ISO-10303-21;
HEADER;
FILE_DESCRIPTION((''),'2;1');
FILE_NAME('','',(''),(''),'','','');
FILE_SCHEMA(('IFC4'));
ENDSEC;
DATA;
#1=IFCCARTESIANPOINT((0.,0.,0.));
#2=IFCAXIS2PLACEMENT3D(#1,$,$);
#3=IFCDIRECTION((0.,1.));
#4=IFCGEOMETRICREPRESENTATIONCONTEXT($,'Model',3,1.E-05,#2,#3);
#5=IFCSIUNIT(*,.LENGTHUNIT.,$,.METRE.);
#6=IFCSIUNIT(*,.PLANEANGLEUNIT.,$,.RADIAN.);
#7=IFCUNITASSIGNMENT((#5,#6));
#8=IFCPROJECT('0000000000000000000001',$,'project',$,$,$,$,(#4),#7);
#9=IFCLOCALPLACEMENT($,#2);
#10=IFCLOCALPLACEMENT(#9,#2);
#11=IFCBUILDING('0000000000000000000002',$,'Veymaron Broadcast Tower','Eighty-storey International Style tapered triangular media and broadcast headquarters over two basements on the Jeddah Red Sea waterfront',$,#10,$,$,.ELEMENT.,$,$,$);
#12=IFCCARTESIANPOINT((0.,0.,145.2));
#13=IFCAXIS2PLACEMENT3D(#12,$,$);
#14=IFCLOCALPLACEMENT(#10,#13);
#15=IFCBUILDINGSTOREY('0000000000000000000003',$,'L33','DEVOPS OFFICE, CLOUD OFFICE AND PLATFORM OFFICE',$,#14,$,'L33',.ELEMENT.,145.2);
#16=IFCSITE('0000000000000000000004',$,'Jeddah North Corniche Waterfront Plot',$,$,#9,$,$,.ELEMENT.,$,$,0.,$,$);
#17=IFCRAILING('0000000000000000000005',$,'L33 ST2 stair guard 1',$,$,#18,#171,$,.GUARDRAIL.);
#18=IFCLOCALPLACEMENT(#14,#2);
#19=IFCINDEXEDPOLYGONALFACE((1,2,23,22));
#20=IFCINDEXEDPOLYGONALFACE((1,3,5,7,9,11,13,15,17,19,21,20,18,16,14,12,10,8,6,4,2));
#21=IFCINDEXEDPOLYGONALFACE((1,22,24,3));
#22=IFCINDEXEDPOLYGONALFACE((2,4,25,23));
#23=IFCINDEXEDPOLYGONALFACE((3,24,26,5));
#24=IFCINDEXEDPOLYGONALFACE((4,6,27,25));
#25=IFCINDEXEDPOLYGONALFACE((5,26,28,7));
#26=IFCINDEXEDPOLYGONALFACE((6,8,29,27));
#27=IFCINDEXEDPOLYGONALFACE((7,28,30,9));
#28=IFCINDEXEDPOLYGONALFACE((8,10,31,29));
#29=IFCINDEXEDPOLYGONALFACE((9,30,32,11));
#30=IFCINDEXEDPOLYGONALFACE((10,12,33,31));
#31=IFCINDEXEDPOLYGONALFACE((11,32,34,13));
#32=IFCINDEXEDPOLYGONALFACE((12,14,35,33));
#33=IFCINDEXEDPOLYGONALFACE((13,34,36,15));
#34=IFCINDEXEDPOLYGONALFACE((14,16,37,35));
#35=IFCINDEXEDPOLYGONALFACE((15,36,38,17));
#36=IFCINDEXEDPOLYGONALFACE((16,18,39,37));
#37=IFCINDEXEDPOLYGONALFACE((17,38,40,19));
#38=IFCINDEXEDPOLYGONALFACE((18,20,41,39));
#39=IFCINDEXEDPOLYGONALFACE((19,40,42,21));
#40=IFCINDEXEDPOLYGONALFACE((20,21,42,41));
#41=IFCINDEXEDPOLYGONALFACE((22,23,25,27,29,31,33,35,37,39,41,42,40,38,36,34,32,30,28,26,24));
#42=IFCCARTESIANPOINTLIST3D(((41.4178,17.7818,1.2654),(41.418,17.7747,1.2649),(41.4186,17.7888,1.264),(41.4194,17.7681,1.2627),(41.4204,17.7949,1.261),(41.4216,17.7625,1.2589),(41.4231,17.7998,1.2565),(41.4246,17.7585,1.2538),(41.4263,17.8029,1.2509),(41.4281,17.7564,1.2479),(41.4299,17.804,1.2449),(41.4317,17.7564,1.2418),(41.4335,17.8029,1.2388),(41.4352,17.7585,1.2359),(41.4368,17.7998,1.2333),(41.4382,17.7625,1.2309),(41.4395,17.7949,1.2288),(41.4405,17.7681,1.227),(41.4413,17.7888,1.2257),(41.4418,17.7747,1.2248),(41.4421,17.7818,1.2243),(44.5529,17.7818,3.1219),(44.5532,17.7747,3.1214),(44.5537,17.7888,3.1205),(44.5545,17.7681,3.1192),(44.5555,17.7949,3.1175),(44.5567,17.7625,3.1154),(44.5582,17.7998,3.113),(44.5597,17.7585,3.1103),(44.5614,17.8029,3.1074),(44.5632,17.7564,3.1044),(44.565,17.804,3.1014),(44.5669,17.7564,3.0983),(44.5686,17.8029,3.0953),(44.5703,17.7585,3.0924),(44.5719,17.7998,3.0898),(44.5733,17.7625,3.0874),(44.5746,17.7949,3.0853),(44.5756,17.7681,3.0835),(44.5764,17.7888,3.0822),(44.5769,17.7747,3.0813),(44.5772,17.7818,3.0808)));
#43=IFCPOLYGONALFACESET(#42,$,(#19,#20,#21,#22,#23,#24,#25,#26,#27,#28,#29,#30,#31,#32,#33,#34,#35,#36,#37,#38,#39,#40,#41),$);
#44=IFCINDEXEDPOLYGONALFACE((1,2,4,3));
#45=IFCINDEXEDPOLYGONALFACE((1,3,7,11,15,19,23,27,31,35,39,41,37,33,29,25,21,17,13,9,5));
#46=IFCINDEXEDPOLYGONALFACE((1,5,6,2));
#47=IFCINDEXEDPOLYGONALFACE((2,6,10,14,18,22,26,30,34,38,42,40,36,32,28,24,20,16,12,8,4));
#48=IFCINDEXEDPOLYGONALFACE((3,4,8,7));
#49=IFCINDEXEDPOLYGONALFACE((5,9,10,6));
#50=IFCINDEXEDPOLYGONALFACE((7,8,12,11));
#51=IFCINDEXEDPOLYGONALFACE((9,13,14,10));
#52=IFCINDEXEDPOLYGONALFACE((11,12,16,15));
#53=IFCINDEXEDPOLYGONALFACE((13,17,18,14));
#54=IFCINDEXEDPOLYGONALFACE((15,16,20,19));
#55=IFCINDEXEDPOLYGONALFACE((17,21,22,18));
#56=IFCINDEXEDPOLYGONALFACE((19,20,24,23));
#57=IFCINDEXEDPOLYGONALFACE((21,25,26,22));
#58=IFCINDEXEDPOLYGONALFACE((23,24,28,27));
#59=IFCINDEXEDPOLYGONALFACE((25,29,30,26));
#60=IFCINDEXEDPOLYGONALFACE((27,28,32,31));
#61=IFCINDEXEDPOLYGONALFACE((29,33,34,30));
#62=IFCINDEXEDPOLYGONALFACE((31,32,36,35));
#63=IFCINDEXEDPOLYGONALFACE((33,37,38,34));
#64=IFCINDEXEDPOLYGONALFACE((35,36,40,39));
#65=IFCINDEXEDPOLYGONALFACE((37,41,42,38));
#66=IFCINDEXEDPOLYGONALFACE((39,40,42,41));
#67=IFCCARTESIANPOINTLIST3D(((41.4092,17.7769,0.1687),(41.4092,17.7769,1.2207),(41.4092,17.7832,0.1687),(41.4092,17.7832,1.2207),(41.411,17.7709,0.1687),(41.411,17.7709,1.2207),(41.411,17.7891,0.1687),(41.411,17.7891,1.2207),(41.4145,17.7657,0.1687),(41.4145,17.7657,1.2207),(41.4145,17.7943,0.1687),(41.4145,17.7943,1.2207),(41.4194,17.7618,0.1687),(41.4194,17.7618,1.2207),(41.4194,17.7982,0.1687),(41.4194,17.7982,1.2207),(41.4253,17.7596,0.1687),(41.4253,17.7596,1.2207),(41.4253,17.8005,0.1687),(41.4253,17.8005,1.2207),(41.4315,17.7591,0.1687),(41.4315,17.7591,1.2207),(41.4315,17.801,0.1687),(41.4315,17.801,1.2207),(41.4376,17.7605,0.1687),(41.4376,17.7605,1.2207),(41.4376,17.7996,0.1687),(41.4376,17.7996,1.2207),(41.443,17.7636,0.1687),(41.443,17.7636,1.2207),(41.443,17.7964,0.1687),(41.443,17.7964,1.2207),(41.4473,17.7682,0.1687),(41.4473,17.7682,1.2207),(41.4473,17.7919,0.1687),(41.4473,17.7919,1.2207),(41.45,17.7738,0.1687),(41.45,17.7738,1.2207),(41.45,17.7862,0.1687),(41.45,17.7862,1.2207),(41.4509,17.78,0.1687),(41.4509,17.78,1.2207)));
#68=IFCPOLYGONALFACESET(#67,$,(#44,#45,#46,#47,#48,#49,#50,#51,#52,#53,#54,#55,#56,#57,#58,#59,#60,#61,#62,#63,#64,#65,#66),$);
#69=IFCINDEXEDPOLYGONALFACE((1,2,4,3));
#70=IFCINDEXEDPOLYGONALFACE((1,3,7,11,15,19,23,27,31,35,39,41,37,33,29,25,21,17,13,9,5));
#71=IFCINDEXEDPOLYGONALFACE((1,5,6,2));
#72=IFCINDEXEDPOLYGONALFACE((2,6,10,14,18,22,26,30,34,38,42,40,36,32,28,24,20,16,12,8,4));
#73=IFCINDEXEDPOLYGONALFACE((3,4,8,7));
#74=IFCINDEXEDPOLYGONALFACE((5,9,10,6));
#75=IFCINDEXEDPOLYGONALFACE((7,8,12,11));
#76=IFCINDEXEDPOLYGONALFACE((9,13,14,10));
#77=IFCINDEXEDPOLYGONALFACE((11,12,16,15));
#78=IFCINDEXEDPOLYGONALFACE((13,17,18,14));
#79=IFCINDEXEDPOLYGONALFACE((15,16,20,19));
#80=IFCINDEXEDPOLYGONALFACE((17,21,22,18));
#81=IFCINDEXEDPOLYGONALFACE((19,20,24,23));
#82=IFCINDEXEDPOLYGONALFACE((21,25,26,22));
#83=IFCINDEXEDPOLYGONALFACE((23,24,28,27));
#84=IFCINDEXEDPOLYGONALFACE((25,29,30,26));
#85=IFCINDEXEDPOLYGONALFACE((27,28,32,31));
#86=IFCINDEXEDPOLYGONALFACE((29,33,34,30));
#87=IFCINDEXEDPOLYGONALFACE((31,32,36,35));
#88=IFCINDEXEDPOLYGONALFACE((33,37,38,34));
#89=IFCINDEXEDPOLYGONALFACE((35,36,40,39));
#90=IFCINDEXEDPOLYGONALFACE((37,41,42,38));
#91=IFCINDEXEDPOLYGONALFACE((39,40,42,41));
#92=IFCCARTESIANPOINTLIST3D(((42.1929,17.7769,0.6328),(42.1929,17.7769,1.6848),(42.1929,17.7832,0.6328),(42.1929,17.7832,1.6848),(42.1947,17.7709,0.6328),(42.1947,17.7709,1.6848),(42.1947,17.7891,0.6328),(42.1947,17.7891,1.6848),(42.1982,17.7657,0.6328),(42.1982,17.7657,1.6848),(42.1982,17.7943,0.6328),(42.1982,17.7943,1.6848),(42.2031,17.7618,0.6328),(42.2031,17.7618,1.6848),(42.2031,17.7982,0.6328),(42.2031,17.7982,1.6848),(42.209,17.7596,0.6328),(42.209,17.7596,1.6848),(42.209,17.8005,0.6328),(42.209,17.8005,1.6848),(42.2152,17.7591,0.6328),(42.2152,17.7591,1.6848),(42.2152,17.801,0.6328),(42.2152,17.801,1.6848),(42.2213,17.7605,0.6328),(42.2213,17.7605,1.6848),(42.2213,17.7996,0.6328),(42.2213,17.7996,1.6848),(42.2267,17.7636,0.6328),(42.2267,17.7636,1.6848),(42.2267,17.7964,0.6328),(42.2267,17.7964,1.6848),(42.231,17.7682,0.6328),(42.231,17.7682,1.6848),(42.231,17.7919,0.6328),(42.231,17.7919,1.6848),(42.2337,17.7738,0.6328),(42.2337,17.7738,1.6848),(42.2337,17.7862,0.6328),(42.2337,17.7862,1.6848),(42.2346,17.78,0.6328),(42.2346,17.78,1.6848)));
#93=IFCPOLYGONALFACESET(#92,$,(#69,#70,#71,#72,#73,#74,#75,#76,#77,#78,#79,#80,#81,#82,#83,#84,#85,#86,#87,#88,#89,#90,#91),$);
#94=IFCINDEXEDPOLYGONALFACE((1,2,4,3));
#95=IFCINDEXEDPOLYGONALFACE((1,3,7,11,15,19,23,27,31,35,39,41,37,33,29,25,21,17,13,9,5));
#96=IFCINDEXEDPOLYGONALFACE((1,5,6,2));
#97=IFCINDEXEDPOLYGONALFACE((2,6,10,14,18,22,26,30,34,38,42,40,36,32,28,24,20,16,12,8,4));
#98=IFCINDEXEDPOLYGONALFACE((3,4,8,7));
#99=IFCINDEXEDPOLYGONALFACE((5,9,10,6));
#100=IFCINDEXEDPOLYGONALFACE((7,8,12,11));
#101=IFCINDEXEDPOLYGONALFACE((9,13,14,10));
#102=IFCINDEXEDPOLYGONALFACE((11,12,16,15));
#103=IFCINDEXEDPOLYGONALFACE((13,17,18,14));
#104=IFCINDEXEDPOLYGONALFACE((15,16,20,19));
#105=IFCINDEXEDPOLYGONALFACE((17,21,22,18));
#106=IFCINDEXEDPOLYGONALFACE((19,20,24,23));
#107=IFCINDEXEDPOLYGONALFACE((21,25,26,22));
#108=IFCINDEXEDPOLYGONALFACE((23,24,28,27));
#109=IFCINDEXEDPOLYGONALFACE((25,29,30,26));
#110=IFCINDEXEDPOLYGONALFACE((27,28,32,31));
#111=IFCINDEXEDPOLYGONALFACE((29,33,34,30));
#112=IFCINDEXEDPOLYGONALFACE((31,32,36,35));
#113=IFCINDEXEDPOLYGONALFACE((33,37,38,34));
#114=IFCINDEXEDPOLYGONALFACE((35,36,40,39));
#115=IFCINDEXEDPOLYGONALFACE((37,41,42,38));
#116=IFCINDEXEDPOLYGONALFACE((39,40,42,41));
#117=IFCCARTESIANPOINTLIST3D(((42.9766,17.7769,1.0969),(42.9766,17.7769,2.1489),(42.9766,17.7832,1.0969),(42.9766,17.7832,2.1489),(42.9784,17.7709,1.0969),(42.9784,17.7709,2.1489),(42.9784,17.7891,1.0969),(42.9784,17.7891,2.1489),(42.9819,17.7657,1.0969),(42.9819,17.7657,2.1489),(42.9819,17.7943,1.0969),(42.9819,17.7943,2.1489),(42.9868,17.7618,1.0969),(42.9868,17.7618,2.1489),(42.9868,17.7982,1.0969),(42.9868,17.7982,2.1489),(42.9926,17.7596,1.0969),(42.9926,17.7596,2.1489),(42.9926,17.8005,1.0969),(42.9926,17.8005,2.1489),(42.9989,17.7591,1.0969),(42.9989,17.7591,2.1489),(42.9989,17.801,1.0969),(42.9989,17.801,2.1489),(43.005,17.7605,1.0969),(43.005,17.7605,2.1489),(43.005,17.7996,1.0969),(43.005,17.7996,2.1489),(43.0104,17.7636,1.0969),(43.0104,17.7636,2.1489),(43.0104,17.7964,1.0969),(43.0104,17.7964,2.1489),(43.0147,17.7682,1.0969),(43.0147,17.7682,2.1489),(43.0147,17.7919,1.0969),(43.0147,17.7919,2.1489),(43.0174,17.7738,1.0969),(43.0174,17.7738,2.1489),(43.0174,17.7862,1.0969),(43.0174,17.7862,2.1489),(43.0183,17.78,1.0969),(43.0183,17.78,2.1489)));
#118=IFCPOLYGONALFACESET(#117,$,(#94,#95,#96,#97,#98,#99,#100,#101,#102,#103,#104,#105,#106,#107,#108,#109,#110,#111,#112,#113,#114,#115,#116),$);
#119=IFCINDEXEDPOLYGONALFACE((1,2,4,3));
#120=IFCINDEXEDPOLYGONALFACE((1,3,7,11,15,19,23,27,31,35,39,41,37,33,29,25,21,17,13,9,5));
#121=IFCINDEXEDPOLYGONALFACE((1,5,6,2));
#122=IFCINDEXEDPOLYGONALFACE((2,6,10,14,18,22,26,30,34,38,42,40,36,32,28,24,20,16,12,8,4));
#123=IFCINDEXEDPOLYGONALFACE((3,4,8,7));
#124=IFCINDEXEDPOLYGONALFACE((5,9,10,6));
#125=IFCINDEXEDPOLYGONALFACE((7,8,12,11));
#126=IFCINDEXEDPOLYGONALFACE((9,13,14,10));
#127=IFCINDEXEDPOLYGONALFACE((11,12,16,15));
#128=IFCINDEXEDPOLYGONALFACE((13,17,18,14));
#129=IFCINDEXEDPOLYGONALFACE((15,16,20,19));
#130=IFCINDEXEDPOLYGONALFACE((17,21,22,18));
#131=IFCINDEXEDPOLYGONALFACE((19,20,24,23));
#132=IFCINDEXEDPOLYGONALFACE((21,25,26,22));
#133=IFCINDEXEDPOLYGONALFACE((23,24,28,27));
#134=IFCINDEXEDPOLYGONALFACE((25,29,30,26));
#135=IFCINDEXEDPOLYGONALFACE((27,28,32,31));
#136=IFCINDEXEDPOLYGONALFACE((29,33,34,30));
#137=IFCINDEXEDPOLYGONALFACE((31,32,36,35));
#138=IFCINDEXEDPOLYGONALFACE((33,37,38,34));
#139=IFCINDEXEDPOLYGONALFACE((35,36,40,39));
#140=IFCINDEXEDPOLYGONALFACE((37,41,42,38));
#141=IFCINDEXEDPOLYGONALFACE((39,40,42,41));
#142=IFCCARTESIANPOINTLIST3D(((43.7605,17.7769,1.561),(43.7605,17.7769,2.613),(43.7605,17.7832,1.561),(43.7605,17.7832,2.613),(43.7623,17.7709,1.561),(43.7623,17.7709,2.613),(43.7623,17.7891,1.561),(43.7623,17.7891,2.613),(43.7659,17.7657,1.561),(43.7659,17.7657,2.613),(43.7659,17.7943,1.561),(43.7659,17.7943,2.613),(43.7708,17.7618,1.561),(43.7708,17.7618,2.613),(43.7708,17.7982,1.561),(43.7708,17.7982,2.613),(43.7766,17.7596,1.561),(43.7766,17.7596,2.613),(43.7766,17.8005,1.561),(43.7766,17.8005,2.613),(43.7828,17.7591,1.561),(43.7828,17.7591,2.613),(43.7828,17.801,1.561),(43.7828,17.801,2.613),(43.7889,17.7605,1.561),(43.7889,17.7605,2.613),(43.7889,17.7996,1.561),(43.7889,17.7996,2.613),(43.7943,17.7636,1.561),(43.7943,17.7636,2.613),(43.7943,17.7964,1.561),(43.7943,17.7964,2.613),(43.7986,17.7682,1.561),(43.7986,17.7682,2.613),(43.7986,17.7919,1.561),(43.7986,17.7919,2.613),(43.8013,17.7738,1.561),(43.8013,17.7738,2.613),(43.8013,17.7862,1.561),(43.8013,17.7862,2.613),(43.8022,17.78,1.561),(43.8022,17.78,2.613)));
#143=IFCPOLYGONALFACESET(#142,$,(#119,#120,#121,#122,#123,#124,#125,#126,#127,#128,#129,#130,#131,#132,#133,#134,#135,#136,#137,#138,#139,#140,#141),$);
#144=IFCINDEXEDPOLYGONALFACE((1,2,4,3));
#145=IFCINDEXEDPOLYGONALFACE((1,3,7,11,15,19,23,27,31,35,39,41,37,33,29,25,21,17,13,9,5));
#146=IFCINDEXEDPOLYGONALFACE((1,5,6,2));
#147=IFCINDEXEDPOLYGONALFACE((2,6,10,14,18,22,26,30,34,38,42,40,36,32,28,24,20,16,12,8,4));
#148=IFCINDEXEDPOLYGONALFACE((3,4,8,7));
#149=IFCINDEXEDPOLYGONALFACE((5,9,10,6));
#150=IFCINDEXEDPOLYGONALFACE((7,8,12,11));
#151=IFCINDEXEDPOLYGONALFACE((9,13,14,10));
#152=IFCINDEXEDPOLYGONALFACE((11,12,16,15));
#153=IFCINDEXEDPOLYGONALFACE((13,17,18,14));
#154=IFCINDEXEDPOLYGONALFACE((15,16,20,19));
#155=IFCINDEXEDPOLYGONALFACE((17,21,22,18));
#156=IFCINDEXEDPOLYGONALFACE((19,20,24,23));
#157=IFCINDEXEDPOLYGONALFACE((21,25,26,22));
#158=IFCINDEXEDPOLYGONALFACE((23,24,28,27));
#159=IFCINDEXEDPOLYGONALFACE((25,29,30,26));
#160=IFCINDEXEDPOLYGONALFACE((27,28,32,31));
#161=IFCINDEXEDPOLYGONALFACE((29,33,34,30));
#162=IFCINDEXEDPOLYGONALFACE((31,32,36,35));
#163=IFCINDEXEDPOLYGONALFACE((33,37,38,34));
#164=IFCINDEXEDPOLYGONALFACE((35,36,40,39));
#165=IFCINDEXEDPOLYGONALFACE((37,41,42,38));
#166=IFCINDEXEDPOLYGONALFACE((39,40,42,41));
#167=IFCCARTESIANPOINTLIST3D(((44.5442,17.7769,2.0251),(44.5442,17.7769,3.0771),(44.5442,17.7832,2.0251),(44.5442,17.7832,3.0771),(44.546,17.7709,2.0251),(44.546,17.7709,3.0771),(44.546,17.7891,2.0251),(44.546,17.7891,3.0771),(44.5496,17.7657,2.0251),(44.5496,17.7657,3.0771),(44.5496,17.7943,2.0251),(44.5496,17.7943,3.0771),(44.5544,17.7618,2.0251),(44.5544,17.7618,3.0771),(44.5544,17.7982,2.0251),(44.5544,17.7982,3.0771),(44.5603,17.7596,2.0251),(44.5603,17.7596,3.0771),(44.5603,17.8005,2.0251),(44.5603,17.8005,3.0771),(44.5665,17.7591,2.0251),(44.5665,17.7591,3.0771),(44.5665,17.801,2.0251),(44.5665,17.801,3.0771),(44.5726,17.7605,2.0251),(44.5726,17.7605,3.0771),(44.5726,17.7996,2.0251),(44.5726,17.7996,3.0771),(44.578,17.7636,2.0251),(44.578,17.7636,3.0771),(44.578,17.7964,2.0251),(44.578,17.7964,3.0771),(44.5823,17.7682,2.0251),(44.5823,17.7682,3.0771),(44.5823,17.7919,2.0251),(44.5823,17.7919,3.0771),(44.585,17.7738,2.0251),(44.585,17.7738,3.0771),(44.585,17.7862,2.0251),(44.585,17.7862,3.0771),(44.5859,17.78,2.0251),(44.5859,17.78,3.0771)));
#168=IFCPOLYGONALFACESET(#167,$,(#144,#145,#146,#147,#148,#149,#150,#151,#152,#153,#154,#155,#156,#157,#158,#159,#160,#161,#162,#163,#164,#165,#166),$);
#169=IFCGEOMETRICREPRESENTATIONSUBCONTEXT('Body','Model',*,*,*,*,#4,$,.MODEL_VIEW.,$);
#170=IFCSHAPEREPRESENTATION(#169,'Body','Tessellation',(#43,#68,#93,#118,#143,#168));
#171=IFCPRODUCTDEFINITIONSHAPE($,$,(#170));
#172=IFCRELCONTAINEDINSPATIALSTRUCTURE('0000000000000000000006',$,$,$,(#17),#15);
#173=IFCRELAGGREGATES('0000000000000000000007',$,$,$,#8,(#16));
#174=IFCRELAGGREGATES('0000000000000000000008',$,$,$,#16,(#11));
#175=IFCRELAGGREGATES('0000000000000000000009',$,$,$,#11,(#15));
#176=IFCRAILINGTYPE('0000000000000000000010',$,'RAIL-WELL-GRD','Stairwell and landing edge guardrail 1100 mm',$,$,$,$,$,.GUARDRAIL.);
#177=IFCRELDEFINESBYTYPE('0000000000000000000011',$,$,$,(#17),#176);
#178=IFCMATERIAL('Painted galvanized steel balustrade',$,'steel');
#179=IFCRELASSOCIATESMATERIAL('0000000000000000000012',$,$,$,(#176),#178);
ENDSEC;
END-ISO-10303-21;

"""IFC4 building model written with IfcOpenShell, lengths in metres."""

from ifc_helpers import new_model, si_unit, direction, frame, origin, origin_2d, place, context, subcontext, project, spatial, circle, extrude, material, type_object, element, save


model = new_model("IFC4")

# Units and contexts
model_context = context("Model", 3, precision=1e-05, world=origin(), true_north=direction((0.0, 1.0)))
body_context = subcontext(model_context, "Body", "Model", "MODEL_VIEW")
ifc_project = project(units=[si_unit("LENGTHUNIT", "METRE"), si_unit("PLANEANGLEUNIT", "RADIAN")], contexts=[model_context])

# Site, building, storey
site_placement = place(None, origin())
site = spatial("IfcSite", under=ifc_project, at=site_placement, Name="Jeddah North Corniche Waterfront Plot", CompositionType="ELEMENT", RefElevation=0.0)
building_placement = place(site_placement, origin())
building = spatial("IfcBuilding", under=site, at=building_placement, Name="Veymaron Broadcast Tower", Description="Eighty-storey International Style tapered triangular media and broadcast headquarters over two basements on the Jeddah Red Sea waterfront", CompositionType="ELEMENT")
storey_placement = place(building_placement, frame((0.0, 0.0, 145.2)))
storey = spatial("IfcBuildingStorey", under=building, at=storey_placement, Name="L33", Description="DEVOPS OFFICE, CLOUD OFFICE AND PLATFORM OFFICE", LongName="L33", CompositionType="ELEMENT", Elevation=145.2)

# Railing
ifc_material_1 = material(Name="Painted galvanized steel balustrade", Category="steel")
railing_type_1 = type_object("IfcRailingType", Name="RAIL-WELL-GRD", Description="Stairwell and landing edge guardrail 1100 mm", PredefinedType="GUARDRAIL", material=ifc_material_1)
railing_1_placement = place(storey_placement, frame((41.4299, 17.78, 0.1687)))
element("IfcRailing", 1, at=railing_1_placement, inside=storey, type_object=railing_type_1, Name="L33 ST2 stair guard 1", PredefinedType="GUARDRAIL", context=body_context, shape_type="SweptSolid", body=[
    extrude(circle(Radius=0.0239, at=origin_2d()), frame((0.0, 0.0, 1.0762), z_axis=(0.860453, 0.0, 0.509531), x_axis=(0.0, 1.0, 0.0)), (0.0, 0.0, 1.0), 3.6436),
    extrude(circle(Radius=0.021, at=origin_2d()), origin(), (0.0, 0.0, 1.0), 1.052),
    extrude(circle(Radius=0.021, at=origin_2d()), frame((0.7837, 0.0, 0.4641)), (0.0, 0.0, 1.0), 1.052),
    extrude(circle(Radius=0.021, at=origin_2d()), frame((1.5674, 0.0, 0.9282)), (0.0, 0.0, 1.0), 1.052),
    extrude(circle(Radius=0.021, at=origin_2d()), frame((2.3513, 0.0, 1.3923)), (0.0, 0.0, 1.0), 1.052),
    extrude(circle(Radius=0.021, at=origin_2d()), frame((3.135, 0.0, 1.8564)), (0.0, 0.0, 1.0), 1.052),
])

save(model, "model.ifc")
